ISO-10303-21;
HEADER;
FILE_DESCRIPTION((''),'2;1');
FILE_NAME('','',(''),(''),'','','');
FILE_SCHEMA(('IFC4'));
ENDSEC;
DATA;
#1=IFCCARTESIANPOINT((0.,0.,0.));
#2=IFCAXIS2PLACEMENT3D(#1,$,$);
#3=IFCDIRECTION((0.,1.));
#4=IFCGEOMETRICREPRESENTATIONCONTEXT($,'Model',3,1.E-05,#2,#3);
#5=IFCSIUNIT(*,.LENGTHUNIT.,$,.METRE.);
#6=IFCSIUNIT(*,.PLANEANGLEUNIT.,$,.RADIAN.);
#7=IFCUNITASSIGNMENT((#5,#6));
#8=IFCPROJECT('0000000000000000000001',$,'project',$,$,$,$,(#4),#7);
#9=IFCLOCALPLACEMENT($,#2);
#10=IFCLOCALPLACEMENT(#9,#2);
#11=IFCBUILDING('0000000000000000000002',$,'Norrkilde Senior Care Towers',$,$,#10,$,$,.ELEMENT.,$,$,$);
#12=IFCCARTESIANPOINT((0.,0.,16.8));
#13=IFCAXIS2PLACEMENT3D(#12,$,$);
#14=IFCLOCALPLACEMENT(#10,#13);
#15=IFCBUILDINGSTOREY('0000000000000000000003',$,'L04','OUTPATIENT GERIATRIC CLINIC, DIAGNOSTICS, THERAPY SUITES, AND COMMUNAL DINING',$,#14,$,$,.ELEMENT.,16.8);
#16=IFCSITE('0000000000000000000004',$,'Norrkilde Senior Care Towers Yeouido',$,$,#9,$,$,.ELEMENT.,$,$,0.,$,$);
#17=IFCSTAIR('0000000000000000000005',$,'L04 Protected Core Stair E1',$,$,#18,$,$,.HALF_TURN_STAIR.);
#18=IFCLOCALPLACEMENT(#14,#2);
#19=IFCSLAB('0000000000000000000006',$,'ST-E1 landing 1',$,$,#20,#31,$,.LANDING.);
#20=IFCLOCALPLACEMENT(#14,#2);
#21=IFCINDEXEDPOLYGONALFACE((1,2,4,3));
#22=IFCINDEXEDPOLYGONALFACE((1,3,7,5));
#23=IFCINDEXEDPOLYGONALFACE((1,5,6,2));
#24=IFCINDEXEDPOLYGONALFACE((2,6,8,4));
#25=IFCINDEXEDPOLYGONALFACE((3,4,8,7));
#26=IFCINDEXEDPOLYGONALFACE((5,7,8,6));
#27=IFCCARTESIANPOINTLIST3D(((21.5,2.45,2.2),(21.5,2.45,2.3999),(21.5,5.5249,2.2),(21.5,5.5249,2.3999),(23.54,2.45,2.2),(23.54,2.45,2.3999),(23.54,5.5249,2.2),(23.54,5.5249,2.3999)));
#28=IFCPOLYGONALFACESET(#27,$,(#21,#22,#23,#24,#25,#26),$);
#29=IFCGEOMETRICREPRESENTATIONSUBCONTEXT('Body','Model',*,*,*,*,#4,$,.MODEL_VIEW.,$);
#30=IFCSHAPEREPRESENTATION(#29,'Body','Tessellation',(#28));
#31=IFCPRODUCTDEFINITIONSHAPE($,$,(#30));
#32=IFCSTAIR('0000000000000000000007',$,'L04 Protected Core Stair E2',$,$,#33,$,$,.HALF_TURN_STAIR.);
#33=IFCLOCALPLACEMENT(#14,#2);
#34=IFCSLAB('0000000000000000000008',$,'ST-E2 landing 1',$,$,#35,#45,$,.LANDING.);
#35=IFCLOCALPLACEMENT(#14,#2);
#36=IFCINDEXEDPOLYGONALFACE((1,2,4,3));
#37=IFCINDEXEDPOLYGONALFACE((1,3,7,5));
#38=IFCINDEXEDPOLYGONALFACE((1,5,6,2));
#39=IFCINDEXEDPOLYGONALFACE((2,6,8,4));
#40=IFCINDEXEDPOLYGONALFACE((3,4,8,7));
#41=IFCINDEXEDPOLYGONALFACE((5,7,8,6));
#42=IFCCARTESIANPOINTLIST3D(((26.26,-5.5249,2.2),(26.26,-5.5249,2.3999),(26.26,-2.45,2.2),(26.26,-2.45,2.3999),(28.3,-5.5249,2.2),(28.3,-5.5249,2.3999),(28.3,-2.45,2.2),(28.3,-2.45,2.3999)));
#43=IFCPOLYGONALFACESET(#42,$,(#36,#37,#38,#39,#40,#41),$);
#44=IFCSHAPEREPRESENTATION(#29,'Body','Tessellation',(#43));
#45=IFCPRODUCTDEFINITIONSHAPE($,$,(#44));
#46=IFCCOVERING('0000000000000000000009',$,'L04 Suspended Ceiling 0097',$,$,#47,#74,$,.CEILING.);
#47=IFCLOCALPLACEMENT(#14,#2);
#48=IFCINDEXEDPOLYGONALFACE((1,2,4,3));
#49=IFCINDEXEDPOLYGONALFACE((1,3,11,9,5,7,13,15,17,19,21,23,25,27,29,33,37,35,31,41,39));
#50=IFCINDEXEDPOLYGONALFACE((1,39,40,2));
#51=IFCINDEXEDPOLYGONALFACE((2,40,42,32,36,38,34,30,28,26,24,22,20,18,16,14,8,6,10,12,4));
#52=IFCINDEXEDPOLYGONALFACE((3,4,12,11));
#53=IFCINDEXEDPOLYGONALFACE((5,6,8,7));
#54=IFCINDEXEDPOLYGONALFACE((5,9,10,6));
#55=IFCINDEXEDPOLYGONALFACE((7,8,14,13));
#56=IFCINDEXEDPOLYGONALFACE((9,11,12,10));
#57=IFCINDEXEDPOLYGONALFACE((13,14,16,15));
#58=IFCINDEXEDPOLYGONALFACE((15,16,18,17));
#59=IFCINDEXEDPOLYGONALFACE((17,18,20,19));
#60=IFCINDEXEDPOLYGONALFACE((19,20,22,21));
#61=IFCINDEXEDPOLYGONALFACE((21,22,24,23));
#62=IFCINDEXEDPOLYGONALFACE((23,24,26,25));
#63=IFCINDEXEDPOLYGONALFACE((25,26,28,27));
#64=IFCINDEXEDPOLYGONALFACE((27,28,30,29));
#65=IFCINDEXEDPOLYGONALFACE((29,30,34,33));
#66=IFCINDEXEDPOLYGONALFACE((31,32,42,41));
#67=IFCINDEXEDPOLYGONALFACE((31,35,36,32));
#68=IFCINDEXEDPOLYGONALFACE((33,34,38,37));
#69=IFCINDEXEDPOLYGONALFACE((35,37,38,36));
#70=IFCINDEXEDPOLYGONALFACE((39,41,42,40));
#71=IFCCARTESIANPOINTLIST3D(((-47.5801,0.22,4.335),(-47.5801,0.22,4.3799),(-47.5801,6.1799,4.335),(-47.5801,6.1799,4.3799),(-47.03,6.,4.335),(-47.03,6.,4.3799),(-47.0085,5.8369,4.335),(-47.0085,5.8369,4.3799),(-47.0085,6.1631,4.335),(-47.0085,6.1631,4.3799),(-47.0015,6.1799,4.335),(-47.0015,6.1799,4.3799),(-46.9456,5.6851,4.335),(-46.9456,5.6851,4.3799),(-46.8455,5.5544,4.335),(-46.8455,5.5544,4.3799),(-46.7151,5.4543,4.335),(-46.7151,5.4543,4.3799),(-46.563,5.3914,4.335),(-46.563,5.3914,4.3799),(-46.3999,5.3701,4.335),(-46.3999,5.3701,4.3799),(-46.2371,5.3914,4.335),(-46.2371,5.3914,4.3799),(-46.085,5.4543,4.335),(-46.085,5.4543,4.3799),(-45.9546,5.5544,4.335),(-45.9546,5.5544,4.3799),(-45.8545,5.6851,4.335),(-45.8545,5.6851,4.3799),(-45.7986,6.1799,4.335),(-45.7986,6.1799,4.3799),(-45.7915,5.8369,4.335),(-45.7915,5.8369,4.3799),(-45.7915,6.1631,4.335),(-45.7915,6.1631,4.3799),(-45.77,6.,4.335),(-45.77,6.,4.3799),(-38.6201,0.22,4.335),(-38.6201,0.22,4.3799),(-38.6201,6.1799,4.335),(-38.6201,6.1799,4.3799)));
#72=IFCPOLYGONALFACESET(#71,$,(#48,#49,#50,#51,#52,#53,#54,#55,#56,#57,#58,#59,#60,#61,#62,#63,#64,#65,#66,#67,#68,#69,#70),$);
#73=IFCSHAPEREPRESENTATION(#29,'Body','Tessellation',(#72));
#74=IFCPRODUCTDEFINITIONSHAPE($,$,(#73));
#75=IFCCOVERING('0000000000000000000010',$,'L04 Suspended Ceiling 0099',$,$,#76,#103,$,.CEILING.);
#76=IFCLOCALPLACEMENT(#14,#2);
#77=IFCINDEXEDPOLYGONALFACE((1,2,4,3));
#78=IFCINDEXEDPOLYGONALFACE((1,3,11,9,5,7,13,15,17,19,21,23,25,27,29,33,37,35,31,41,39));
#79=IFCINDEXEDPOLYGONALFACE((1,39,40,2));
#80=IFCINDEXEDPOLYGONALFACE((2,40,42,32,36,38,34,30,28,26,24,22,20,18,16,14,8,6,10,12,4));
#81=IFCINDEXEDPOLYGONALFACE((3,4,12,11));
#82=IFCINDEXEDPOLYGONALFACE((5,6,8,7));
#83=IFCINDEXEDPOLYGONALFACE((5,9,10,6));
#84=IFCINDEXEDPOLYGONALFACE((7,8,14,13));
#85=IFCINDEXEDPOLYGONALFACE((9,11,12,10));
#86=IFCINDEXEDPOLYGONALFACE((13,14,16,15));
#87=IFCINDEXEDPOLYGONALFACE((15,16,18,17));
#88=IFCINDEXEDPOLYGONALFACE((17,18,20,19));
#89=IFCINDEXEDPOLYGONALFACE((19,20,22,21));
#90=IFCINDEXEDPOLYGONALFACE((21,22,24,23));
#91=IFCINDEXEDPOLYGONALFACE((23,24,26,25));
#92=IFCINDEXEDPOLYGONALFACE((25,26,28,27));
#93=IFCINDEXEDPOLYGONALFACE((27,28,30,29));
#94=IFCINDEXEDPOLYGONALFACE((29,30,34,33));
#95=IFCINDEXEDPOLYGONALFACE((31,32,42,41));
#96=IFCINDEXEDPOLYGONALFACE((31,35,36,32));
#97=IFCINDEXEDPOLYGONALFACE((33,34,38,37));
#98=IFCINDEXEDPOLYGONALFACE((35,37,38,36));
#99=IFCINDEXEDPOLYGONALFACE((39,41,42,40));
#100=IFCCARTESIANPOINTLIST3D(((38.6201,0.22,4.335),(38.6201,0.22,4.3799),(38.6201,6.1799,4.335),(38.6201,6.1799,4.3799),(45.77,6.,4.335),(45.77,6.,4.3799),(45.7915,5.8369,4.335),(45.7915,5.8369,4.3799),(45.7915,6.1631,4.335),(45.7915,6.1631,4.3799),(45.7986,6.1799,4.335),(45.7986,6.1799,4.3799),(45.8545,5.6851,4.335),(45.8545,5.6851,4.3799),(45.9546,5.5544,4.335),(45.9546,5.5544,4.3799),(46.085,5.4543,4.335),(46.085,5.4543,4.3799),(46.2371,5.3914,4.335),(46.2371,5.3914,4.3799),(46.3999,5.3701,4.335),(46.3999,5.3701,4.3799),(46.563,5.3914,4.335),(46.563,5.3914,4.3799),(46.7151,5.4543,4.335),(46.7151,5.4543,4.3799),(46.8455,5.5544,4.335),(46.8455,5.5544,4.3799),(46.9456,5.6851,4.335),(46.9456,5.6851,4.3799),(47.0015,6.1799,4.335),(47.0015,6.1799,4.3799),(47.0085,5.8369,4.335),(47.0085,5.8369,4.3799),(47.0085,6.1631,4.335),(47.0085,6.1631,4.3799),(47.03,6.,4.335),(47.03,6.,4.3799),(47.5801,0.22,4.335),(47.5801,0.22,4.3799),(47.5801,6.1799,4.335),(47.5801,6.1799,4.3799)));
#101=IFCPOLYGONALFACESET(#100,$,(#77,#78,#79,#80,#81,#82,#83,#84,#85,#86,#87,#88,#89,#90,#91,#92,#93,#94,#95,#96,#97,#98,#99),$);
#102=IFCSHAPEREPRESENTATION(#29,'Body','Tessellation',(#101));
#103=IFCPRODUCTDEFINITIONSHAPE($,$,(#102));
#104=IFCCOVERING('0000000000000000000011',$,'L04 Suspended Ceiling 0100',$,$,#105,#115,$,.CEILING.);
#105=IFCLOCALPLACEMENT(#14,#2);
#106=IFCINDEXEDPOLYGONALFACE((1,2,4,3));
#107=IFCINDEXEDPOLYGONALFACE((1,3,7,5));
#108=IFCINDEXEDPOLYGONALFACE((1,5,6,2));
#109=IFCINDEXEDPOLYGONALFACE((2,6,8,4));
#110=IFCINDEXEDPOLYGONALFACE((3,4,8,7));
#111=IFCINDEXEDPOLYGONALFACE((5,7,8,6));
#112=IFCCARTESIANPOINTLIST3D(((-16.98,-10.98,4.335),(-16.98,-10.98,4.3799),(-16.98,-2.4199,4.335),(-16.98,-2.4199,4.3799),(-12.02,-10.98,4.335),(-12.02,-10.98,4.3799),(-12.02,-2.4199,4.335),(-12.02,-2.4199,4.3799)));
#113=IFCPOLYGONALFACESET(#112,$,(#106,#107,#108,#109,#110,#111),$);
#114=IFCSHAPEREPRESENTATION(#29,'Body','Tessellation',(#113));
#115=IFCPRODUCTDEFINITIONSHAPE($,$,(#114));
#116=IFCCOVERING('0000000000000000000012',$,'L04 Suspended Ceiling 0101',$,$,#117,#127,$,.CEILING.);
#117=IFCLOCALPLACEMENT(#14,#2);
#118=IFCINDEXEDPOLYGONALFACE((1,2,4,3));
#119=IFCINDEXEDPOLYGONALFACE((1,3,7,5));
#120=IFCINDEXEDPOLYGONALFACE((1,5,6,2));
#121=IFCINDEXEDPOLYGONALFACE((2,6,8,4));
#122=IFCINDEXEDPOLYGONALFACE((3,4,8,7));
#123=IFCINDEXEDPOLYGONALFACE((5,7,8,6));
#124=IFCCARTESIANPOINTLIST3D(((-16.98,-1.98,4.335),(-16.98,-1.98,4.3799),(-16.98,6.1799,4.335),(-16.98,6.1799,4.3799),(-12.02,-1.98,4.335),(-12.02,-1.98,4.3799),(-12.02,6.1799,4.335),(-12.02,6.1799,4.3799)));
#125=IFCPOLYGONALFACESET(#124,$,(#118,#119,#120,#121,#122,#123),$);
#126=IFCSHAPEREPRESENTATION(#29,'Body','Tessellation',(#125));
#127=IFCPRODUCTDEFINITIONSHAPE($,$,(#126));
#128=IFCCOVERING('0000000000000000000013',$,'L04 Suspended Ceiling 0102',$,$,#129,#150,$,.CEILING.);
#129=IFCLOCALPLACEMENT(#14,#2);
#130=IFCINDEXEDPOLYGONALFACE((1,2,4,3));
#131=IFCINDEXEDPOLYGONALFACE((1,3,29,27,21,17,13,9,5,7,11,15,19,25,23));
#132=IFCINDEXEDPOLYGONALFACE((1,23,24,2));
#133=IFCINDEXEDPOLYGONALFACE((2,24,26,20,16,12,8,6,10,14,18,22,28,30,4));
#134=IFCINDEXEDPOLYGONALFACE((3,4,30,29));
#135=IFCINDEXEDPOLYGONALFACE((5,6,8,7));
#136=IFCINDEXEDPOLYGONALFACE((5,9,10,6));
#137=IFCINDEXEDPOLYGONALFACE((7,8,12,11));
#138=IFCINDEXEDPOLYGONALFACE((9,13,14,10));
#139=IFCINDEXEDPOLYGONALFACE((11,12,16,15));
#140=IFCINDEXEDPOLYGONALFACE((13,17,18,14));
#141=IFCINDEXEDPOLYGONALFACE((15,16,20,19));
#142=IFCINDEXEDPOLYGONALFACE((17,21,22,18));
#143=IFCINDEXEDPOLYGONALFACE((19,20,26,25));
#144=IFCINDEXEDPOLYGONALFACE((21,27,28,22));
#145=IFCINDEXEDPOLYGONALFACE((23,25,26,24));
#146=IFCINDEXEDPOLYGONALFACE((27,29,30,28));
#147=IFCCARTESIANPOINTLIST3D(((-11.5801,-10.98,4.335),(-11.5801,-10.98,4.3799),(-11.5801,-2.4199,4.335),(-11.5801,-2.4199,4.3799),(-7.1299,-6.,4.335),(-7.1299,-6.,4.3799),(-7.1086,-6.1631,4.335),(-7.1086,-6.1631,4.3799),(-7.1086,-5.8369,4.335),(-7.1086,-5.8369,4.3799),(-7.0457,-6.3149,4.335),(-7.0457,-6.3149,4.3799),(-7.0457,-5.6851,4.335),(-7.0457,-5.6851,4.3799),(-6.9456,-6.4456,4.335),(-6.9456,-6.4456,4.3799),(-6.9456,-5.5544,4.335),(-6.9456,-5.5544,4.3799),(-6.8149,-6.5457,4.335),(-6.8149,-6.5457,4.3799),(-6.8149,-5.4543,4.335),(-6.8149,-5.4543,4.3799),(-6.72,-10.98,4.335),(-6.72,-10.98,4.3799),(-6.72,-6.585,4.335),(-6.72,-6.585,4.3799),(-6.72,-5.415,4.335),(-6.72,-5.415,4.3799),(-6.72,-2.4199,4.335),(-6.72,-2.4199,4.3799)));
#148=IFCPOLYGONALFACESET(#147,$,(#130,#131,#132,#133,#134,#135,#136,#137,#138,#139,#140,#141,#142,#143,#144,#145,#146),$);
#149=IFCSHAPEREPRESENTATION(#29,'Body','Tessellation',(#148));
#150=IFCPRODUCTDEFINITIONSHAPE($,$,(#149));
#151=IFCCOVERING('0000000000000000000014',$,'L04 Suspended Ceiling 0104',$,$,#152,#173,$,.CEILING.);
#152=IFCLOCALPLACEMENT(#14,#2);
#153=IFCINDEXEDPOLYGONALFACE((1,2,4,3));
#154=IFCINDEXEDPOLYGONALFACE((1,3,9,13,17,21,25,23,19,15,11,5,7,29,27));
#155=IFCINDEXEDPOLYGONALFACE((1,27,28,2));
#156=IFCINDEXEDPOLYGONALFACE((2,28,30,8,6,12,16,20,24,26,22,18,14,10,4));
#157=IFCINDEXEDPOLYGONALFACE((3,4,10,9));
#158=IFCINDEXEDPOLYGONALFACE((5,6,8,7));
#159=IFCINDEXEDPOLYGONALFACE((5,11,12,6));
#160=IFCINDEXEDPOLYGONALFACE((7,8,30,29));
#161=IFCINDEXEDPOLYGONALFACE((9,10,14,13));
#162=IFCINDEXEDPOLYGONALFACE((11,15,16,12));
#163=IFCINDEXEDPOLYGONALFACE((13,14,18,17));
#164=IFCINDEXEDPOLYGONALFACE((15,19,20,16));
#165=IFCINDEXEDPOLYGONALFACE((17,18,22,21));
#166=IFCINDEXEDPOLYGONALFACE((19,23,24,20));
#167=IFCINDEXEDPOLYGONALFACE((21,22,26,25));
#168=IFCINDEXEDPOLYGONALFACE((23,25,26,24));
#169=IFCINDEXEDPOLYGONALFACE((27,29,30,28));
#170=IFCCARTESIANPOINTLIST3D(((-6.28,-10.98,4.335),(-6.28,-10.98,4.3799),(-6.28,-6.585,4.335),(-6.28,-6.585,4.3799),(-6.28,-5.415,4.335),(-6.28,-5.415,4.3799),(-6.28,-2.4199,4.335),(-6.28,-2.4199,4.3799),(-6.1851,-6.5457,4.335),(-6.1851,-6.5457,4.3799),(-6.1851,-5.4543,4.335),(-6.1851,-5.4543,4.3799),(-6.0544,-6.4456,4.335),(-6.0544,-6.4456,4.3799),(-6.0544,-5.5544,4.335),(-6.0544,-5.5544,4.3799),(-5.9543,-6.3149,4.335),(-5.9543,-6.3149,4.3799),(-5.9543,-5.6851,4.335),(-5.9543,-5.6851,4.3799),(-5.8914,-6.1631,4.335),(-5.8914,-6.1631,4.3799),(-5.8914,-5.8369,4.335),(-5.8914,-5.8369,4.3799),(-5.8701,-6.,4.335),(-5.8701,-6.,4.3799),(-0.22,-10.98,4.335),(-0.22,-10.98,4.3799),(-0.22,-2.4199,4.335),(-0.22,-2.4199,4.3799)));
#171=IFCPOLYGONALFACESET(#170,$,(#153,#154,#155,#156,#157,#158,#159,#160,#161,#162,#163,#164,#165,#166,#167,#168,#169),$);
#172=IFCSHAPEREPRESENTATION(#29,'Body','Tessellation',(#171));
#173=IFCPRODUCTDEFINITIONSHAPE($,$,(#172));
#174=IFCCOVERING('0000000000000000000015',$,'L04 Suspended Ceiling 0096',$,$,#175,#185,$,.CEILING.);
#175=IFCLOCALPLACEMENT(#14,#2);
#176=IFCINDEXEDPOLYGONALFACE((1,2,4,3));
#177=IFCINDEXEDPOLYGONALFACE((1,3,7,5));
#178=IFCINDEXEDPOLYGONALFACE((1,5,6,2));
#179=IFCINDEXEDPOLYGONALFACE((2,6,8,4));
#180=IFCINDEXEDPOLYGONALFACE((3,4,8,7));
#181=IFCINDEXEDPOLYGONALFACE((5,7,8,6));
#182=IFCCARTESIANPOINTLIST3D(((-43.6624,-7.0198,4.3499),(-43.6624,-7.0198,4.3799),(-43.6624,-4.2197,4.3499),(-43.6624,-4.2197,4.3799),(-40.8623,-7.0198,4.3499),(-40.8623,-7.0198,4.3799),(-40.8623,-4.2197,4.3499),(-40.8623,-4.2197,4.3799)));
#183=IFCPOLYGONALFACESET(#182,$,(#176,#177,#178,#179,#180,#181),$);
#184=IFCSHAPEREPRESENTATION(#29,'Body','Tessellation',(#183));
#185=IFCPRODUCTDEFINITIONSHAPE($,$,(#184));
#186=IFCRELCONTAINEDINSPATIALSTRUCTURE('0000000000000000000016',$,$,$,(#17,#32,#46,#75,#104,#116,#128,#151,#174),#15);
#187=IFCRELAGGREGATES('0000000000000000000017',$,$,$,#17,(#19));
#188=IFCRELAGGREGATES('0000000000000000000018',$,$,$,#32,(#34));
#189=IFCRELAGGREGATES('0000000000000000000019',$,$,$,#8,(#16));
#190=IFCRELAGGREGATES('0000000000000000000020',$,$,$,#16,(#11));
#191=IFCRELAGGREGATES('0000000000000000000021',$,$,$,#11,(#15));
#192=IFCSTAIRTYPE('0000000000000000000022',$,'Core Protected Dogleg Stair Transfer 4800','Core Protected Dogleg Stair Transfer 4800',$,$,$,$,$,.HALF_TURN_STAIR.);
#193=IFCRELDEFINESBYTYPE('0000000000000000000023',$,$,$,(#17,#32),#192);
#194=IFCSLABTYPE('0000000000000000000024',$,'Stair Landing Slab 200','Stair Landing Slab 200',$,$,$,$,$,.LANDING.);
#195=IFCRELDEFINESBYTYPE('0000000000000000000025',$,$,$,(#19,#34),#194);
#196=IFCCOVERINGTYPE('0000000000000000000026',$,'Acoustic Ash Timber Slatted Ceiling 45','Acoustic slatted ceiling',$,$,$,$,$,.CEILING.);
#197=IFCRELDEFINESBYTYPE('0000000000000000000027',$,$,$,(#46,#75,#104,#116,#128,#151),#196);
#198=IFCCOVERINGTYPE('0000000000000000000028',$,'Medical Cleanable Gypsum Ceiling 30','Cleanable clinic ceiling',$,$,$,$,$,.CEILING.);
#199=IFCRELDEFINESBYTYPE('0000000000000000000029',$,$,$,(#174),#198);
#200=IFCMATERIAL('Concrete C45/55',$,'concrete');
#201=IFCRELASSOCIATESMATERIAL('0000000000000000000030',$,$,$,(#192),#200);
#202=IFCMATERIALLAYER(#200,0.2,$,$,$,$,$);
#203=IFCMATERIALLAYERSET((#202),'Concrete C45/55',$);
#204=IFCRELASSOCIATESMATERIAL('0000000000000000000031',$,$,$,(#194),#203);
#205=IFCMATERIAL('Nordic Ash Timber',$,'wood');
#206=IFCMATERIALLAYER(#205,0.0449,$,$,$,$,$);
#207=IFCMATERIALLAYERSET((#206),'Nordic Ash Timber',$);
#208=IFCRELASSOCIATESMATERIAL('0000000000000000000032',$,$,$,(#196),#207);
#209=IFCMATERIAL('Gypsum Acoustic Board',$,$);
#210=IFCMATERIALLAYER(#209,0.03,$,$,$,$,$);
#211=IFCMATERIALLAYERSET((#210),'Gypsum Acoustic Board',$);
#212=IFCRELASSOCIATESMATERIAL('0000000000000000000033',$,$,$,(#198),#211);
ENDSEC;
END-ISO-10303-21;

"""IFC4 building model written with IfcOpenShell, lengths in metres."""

from ifc_helpers import new_model, si_unit, direction, frame, origin, place, context, subcontext, project, spatial, polyline, outline, extrude, material, layer, layer_set, type_object, element, aggregate, save


model = new_model("IFC4")

# Units and contexts
model_context = context("Model", 3, precision=1e-05, world=origin(), true_north=direction((0.0, 1.0)))
body_context = subcontext(model_context, "Body", "Model", "MODEL_VIEW")
ifc_project = project(units=[si_unit("LENGTHUNIT", "METRE"), si_unit("PLANEANGLEUNIT", "RADIAN")], contexts=[model_context])

# Site, building, storey
site_placement = place(None, origin())
site = spatial("IfcSite", under=ifc_project, at=site_placement, Name="Norrkilde Senior Care Towers Yeouido", CompositionType="ELEMENT", RefElevation=0.0)
building_placement = place(site_placement, origin())
building = spatial("IfcBuilding", under=site, at=building_placement, Name="Norrkilde Senior Care Towers", CompositionType="ELEMENT")
storey_placement = place(building_placement, frame((0.0, 0.0, 16.8)))
storey = spatial("IfcBuildingStorey", under=building, at=storey_placement, Name="L04", Description="OUTPATIENT GERIATRIC CLINIC, DIAGNOSTICS, THERAPY SUITES, AND COMMUNAL DINING", CompositionType="ELEMENT", Elevation=16.8)

# Stairs, slabs
ifc_material_1 = material(Name="Concrete C45/55", Category="concrete")
stair_type = type_object("IfcStairType", Name="Core Protected Dogleg Stair Transfer 4800", Description="Core Protected Dogleg Stair Transfer 4800", PredefinedType="HALF_TURN_STAIR", material=ifc_material_1)
stair_1_placement = place(storey_placement, origin())
stair_1 = element("IfcStair", 1, at=stair_1_placement, inside=storey, type_object=stair_type, Name="L04 Protected Core Stair E1", PredefinedType="HALF_TURN_STAIR")
ifc_layer_1 = layer(ifc_material_1, 0.2)
ifc_layer_set_1 = layer_set([ifc_layer_1], Name="Concrete C45/55")
slab_type = type_object("IfcSlabType", Name="Stair Landing Slab 200", Description="Stair Landing Slab 200", PredefinedType="LANDING", material=ifc_layer_set_1)
slab_1_placement = place(storey_placement, frame((0.0, 0.0, 2.2)))
slab_1 = element("IfcSlab", 2, at=slab_1_placement, type_object=slab_type, Name="ST-E1 landing 1", PredefinedType="LANDING", context=body_context, shape_type="SweptSolid", body=[
    extrude(outline(polyline([(23.54, 5.5249), (21.5, 5.5249), (21.5, 2.45), (23.54, 2.45), (23.54, 5.5249)])), origin(), (0.0, 0.0, 1.0), 0.2),
])
aggregate(stair_1, [slab_1])
stair_2_placement = place(storey_placement, origin())
stair_2 = element("IfcStair", 3, at=stair_2_placement, inside=storey, type_object=stair_type, Name="L04 Protected Core Stair E2", PredefinedType="HALF_TURN_STAIR")
slab_2_placement = place(storey_placement, frame((0.0, 0.0, 2.2)))
slab_2 = element("IfcSlab", 4, at=slab_2_placement, type_object=slab_type, Name="ST-E2 landing 1", PredefinedType="LANDING", context=body_context, shape_type="SweptSolid", body=[
    extrude(outline(polyline([(26.26, -5.5249), (28.3, -5.5249), (28.3, -2.45), (26.26, -2.45), (26.26, -5.5249)])), origin(), (0.0, 0.0, 1.0), 0.2),
])
aggregate(stair_2, [slab_2])

# Coverings
ifc_material_2 = material(Name="Nordic Ash Timber", Category="wood")
ifc_layer_2 = layer(ifc_material_2, 0.0449)
ifc_layer_set_2 = layer_set([ifc_layer_2], Name="Nordic Ash Timber")
covering_type_1 = type_object("IfcCoveringType", Name="Acoustic Ash Timber Slatted Ceiling 45", Description="Acoustic slatted ceiling", PredefinedType="CEILING", material=ifc_layer_set_2)
covering_1_placement = place(storey_placement, frame((0.0, 0.0, 4.335)))
element("IfcCovering", 5, at=covering_1_placement, inside=storey, type_object=covering_type_1, Name="L04 Suspended Ceiling 0097", PredefinedType="CEILING", context=body_context, shape_type="SweptSolid", body=[
    extrude(outline(polyline([(-38.6201, 0.22), (-47.5801, 0.22), (-47.5801, 6.1799), (-47.0015, 6.1799), (-47.0085, 6.1631), (-47.03, 6.0), (-47.0085, 5.8369), (-46.9456, 5.6851), (-46.8455, 5.5544), (-46.7151, 5.4543), (-46.563, 5.3914), (-46.3999, 5.3701), (-46.2371, 5.3914), (-46.085, 5.4543), (-45.9546, 5.5544), (-45.8545, 5.6851), (-45.7915, 5.8369), (-45.77, 6.0), (-45.7915, 6.1631), (-45.7986, 6.1799), (-38.6201, 6.1799), (-38.6201, 0.22)])), origin(), (0.0, 0.0, 1.0), 0.0449),
])
covering_2_placement = place(storey_placement, frame((0.0, 0.0, 4.335)))
element("IfcCovering", 6, at=covering_2_placement, inside=storey, type_object=covering_type_1, Name="L04 Suspended Ceiling 0099", PredefinedType="CEILING", context=body_context, shape_type="SweptSolid", body=[
    extrude(outline(polyline([(47.5801, 0.22), (38.6201, 0.22), (38.6201, 6.1799), (45.7986, 6.1799), (45.7915, 6.1631), (45.77, 6.0), (45.7915, 5.8369), (45.8545, 5.6851), (45.9546, 5.5544), (46.085, 5.4543), (46.2371, 5.3914), (46.3999, 5.3701), (46.563, 5.3914), (46.7151, 5.4543), (46.8455, 5.5544), (46.9456, 5.6851), (47.0085, 5.8369), (47.03, 6.0), (47.0085, 6.1631), (47.0015, 6.1799), (47.5801, 6.1799), (47.5801, 0.22)])), origin(), (0.0, 0.0, 1.0), 0.0449),
])
covering_3_placement = place(storey_placement, frame((0.0, 0.0, 4.335)))
element("IfcCovering", 7, at=covering_3_placement, inside=storey, type_object=covering_type_1, Name="L04 Suspended Ceiling 0100", PredefinedType="CEILING", context=body_context, shape_type="SweptSolid", body=[
    extrude(outline(polyline([(-12.02, -2.4199), (-12.02, -10.98), (-16.98, -10.98), (-16.98, -2.4199), (-12.02, -2.4199)])), origin(), (0.0, 0.0, 1.0), 0.0449),
])
covering_4_placement = place(storey_placement, frame((0.0, 0.0, 4.335)))
element("IfcCovering", 8, at=covering_4_placement, inside=storey, type_object=covering_type_1, Name="L04 Suspended Ceiling 0101", PredefinedType="CEILING", context=body_context, shape_type="SweptSolid", body=[
    extrude(outline(polyline([(-12.02, 6.1799), (-12.02, -1.98), (-16.98, -1.98), (-16.98, 6.1799), (-12.02, 6.1799)])), origin(), (0.0, 0.0, 1.0), 0.0449),
])
covering_5_placement = place(storey_placement, frame((0.0, 0.0, 4.335)))
element("IfcCovering", 9, at=covering_5_placement, inside=storey, type_object=covering_type_1, Name="L04 Suspended Ceiling 0102", PredefinedType="CEILING", context=body_context, shape_type="SweptSolid", body=[
    extrude(outline(polyline([(-6.72, -5.415), (-6.8149, -5.4543), (-6.9456, -5.5544), (-7.0457, -5.6851), (-7.1086, -5.8369), (-7.1299, -6.0), (-7.1086, -6.1631), (-7.0457, -6.3149), (-6.9456, -6.4456), (-6.8149, -6.5457), (-6.72, -6.585), (-6.72, -10.98), (-11.5801, -10.98), (-11.5801, -2.4199), (-6.72, -2.4199), (-6.72, -5.415)])), origin(), (0.0, 0.0, 1.0), 0.0449),
])
covering_6_placement = place(storey_placement, frame((0.0, 0.0, 4.335)))
element("IfcCovering", 10, at=covering_6_placement, inside=storey, type_object=covering_type_1, Name="L04 Suspended Ceiling 0104", PredefinedType="CEILING", context=body_context, shape_type="SweptSolid", body=[
    extrude(outline(polyline([(-0.22, -10.98), (-6.28, -10.98), (-6.28, -6.585), (-6.1851, -6.5457), (-6.0544, -6.4456), (-5.9543, -6.3149), (-5.8914, -6.1631), (-5.8701, -6.0), (-5.8914, -5.8369), (-5.9543, -5.6851), (-6.0544, -5.5544), (-6.1851, -5.4543), (-6.28, -5.415), (-6.28, -2.4199), (-0.22, -2.4199), (-0.22, -10.98)])), origin(), (0.0, 0.0, 1.0), 0.0449),
])
ifc_material_3 = material(Name="Gypsum Acoustic Board")
ifc_layer_3 = layer(ifc_material_3, 0.03)
ifc_layer_set_3 = layer_set([ifc_layer_3], Name="Gypsum Acoustic Board")
covering_type_2 = type_object("IfcCoveringType", Name="Medical Cleanable Gypsum Ceiling 30", Description="Cleanable clinic ceiling", PredefinedType="CEILING", material=ifc_layer_set_3)
covering_7_placement = place(storey_placement, frame((0.0, 0.0, 4.3499)))
element("IfcCovering", 11, at=covering_7_placement, inside=storey, type_object=covering_type_2, Name="L04 Suspended Ceiling 0096", PredefinedType="CEILING", context=body_context, shape_type="SweptSolid", body=[
    extrude(outline(polyline([(-43.6624, -7.0198), (-43.6624, -4.2197), (-40.8623, -4.2197), (-40.8623, -7.0198), (-43.6624, -7.0198)])), origin(), (0.0, 0.0, 1.0), 0.03),
])

save(model, "model.ifc")
